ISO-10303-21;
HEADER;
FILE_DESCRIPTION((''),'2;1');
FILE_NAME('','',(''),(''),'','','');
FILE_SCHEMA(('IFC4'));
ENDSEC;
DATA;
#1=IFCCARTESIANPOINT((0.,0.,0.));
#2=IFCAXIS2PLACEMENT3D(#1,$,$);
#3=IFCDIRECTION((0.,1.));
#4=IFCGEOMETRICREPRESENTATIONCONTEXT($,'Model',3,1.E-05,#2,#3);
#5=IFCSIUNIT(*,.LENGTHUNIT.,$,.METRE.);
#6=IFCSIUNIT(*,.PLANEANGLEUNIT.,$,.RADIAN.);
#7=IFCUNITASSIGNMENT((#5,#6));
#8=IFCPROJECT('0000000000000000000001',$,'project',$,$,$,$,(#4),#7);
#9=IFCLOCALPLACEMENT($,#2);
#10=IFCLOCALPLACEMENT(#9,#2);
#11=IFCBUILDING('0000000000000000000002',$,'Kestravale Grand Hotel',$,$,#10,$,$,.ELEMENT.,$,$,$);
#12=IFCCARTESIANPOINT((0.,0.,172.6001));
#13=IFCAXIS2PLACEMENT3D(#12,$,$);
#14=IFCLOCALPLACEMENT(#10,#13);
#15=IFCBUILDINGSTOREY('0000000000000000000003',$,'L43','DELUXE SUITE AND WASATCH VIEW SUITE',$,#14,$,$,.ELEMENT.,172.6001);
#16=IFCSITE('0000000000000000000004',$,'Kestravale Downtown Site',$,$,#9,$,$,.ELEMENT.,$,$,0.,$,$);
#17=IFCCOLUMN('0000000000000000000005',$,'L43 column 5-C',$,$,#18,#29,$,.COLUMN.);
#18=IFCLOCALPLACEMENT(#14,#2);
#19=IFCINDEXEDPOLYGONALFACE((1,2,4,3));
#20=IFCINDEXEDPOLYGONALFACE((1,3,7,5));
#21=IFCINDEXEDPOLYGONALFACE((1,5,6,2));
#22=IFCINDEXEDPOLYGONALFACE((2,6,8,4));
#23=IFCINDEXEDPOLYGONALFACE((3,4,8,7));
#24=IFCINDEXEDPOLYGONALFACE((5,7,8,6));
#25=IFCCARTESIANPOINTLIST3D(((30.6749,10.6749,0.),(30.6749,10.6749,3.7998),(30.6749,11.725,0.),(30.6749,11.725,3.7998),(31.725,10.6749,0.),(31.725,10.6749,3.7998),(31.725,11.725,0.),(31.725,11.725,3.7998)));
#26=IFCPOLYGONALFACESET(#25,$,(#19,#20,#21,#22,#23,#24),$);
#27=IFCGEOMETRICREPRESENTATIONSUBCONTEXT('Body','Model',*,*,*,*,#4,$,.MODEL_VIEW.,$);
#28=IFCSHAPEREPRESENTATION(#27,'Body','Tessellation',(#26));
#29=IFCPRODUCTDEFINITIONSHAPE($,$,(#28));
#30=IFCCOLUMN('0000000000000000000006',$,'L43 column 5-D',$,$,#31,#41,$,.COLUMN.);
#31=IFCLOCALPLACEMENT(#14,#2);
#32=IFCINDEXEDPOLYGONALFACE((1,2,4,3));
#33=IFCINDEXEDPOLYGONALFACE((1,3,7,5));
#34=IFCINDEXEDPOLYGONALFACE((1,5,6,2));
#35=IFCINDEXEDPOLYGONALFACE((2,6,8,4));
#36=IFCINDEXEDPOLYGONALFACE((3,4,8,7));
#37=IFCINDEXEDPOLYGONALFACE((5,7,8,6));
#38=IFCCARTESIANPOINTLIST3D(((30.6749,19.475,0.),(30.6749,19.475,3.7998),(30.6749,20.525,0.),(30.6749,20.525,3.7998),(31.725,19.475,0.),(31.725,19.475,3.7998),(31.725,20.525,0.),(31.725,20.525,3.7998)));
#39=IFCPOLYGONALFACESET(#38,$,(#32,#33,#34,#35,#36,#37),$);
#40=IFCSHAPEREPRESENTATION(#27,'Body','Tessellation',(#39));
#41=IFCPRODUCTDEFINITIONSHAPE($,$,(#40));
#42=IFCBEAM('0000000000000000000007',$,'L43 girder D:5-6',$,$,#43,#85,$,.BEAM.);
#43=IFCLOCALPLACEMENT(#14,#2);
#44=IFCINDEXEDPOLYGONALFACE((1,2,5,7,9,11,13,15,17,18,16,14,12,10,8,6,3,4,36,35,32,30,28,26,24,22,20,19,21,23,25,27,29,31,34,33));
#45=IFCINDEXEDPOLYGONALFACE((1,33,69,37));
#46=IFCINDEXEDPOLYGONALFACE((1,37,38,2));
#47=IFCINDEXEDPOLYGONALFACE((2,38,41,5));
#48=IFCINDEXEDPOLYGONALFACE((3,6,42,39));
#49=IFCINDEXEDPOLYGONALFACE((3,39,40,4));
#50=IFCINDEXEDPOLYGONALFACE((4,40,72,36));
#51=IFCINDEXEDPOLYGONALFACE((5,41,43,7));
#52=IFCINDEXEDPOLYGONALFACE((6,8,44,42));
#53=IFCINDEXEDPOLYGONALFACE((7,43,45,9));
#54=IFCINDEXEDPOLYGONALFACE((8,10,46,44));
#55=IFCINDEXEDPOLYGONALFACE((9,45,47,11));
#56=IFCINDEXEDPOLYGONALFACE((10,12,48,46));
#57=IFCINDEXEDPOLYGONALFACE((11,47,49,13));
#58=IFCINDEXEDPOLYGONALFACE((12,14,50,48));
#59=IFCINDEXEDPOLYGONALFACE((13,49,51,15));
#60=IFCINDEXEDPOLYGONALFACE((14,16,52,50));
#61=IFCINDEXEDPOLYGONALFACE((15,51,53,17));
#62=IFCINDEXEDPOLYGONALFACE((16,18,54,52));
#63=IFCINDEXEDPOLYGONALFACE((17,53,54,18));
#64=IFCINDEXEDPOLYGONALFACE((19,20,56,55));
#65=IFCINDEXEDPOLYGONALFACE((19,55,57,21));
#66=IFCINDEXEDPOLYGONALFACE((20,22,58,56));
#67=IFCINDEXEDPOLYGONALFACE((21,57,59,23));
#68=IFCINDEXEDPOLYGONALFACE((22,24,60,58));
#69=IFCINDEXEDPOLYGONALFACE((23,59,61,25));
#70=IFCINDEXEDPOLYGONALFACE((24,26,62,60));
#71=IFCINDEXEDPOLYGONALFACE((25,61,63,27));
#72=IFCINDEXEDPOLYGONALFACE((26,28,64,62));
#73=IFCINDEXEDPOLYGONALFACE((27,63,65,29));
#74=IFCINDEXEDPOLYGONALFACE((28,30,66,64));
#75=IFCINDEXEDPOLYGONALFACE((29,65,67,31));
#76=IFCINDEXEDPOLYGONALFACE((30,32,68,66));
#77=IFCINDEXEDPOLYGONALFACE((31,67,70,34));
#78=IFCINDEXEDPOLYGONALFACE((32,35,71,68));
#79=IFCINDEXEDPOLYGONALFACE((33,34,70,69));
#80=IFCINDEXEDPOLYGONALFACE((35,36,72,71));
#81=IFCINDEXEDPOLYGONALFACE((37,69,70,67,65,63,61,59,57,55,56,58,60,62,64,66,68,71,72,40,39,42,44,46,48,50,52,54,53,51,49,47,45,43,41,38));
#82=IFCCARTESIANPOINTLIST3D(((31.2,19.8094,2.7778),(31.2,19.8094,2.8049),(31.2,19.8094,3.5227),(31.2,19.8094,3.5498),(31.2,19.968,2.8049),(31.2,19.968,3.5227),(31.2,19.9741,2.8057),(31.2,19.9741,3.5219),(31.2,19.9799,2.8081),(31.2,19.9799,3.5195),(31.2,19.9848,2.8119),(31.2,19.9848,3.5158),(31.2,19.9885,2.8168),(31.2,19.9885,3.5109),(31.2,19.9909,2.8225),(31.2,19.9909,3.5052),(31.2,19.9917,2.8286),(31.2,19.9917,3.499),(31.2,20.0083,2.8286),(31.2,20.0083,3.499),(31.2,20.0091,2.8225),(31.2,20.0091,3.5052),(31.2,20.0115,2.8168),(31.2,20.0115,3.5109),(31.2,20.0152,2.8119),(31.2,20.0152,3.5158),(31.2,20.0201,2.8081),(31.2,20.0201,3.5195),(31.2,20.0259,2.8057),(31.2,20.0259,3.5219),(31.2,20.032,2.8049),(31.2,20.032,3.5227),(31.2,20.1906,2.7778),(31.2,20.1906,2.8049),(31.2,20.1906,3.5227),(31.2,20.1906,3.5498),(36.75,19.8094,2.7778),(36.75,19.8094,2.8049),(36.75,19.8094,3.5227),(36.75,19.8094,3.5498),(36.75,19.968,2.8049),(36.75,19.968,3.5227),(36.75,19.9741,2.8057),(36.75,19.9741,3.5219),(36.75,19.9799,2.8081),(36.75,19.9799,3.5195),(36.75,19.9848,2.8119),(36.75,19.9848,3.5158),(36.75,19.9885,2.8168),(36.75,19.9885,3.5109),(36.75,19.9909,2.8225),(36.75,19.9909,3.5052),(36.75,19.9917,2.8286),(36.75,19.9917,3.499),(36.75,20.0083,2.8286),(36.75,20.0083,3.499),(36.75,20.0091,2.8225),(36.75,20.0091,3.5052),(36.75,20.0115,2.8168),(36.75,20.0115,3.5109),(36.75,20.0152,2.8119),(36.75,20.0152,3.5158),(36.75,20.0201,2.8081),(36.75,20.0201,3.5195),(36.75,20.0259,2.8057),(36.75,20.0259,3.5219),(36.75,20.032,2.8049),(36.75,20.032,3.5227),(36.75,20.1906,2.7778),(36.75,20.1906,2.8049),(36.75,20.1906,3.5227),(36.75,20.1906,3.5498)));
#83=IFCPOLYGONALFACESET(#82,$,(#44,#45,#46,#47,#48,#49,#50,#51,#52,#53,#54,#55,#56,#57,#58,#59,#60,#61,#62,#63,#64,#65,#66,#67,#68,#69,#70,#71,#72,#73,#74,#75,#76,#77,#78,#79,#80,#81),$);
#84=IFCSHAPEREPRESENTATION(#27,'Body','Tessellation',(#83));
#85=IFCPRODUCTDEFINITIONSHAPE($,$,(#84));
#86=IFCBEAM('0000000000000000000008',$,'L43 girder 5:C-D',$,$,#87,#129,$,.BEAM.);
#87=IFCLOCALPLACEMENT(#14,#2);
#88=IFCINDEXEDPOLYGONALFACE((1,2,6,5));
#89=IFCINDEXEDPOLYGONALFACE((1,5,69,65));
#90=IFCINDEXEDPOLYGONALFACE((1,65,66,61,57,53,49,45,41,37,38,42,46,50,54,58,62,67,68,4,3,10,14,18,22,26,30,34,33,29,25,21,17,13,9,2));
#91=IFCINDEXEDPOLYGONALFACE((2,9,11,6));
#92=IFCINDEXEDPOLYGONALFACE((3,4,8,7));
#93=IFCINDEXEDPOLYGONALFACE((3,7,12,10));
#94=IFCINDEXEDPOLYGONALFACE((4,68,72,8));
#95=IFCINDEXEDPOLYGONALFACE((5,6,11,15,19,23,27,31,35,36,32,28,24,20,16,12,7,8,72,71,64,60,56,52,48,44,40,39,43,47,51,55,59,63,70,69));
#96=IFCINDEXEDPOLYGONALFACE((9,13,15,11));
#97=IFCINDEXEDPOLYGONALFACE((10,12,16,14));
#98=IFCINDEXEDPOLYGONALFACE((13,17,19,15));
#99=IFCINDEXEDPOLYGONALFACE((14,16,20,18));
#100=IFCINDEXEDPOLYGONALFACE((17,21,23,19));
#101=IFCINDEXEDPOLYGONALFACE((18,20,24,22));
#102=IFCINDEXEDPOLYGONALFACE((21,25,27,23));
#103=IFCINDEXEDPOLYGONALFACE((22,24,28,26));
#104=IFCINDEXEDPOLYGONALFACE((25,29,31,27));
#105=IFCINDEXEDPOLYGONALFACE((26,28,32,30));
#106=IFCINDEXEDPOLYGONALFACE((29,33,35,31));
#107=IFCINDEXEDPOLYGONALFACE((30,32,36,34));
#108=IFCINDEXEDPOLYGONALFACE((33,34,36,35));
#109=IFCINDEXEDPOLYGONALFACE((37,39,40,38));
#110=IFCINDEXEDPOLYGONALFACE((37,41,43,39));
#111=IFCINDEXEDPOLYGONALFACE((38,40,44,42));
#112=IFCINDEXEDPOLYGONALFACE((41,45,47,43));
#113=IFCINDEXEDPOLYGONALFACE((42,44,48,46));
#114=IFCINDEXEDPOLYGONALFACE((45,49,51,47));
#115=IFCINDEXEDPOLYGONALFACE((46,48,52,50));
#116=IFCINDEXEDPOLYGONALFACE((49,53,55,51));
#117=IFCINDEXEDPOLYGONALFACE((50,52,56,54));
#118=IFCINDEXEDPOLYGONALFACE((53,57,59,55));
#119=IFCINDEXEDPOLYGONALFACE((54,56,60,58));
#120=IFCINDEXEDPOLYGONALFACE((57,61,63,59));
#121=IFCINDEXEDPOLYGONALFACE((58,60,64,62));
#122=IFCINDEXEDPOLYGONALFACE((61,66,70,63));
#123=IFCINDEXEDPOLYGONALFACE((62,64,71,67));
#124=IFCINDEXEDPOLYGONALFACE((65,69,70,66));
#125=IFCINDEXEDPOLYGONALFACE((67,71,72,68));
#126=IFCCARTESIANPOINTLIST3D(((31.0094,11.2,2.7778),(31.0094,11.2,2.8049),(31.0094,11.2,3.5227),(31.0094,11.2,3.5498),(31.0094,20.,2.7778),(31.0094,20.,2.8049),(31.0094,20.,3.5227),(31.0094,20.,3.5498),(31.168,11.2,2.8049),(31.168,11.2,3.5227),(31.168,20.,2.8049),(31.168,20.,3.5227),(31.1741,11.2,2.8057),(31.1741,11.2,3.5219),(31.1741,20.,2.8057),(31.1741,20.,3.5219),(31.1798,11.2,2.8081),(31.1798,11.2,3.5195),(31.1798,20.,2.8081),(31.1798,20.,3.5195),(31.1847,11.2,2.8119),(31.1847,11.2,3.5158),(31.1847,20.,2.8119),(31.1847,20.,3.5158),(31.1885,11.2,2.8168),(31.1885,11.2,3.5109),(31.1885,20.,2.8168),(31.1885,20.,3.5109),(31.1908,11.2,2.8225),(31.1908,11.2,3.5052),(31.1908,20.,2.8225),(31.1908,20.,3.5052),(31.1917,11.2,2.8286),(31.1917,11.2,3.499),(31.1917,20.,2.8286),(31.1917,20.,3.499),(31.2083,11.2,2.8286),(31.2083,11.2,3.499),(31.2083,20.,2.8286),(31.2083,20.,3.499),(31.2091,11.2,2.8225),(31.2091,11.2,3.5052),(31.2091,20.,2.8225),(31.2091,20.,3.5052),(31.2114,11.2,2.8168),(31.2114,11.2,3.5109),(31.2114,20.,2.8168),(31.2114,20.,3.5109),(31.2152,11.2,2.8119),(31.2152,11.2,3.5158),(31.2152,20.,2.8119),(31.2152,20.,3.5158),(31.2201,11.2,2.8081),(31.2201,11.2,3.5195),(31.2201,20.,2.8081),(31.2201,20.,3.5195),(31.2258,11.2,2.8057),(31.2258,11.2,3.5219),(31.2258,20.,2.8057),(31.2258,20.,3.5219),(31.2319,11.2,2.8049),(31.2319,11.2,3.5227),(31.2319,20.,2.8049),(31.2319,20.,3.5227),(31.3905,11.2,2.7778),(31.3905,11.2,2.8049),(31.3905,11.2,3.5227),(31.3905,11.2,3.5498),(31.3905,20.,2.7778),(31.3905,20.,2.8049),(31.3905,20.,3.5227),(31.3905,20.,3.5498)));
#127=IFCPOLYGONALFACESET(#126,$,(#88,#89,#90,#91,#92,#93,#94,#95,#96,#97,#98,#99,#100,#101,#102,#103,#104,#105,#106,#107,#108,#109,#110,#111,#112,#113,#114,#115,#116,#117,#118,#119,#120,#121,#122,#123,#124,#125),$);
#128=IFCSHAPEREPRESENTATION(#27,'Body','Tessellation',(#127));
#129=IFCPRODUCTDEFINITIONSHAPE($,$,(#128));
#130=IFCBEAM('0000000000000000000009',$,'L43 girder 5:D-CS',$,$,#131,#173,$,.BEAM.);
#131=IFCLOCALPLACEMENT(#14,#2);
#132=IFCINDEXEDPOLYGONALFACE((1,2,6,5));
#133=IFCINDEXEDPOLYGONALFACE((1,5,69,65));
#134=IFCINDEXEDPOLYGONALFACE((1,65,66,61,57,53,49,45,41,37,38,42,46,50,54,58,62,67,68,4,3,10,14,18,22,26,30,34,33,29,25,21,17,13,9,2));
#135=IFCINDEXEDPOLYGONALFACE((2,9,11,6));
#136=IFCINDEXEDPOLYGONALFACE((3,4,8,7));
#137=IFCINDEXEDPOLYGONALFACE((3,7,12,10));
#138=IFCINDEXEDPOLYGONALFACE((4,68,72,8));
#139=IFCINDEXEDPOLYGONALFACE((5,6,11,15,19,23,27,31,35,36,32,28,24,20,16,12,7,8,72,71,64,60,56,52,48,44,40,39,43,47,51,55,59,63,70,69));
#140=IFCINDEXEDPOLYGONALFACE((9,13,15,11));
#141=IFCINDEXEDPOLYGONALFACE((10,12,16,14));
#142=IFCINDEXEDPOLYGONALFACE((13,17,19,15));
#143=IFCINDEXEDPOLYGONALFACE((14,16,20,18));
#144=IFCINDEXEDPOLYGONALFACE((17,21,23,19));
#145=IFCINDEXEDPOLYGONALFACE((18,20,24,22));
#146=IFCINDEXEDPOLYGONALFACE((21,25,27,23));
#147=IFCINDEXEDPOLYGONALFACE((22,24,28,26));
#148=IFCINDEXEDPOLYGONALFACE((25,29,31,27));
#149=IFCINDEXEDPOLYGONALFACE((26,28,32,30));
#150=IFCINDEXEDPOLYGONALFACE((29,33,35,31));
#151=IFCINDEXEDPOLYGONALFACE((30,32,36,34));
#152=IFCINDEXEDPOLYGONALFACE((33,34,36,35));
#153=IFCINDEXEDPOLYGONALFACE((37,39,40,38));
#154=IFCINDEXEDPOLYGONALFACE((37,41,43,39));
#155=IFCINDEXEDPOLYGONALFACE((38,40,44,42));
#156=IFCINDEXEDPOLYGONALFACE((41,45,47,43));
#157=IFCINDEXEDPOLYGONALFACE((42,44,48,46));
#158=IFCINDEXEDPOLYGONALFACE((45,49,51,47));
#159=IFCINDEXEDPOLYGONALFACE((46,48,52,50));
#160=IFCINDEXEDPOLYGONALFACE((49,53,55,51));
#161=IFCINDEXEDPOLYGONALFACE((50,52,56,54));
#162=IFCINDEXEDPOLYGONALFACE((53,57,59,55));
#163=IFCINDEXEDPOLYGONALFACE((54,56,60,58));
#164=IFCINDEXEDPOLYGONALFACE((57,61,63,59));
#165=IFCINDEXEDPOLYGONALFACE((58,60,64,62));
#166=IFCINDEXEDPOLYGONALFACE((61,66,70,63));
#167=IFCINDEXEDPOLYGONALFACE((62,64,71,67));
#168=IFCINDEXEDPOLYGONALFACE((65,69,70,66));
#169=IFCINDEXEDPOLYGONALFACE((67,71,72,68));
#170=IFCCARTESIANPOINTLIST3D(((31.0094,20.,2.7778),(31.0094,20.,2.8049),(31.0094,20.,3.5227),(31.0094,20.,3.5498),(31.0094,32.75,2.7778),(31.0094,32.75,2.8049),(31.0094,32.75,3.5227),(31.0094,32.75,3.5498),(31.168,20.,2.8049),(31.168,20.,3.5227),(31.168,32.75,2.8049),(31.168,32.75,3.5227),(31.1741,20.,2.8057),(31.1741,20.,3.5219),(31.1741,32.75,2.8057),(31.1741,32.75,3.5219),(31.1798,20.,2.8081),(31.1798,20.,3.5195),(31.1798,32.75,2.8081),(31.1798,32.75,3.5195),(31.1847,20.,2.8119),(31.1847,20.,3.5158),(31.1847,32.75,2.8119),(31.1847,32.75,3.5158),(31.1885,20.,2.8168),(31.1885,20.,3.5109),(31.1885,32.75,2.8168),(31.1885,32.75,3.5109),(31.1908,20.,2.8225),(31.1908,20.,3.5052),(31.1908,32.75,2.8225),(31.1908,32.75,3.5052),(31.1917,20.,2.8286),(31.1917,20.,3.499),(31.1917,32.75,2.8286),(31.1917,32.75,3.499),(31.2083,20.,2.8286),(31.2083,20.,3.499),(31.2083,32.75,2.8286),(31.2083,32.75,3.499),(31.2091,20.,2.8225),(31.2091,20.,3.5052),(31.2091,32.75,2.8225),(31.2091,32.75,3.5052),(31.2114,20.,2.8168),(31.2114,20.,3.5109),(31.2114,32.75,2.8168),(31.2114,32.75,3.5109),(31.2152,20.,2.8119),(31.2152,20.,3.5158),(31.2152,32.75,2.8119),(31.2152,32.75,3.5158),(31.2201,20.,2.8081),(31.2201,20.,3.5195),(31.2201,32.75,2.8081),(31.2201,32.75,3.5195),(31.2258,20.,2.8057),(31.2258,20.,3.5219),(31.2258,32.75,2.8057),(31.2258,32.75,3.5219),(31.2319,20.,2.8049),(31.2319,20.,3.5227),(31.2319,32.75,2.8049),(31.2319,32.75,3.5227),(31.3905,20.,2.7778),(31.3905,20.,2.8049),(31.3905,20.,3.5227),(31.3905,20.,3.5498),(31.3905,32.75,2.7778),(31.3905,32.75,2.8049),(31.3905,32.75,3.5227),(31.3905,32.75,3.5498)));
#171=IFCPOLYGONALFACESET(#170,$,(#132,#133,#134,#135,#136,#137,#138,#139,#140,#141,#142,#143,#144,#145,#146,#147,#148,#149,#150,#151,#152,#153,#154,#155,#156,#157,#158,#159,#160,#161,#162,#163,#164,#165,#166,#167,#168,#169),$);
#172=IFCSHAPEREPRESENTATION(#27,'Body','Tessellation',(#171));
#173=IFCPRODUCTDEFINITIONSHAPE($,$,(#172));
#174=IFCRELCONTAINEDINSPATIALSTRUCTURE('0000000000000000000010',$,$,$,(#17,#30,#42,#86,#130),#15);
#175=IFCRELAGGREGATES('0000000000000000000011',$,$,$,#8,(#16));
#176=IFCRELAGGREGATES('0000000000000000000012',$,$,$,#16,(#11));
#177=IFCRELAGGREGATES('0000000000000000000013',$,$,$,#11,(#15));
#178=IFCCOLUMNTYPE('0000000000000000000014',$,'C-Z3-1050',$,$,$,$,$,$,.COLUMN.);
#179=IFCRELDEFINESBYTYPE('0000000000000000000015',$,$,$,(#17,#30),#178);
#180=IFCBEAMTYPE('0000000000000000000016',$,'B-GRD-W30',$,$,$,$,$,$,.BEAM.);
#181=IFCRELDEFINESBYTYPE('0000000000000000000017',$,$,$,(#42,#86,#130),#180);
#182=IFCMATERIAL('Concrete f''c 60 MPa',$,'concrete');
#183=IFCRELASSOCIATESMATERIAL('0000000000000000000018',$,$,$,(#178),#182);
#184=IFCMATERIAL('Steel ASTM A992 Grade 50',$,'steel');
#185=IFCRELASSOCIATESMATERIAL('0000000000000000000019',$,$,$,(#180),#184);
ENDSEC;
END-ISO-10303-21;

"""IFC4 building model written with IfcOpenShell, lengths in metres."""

from ifc_helpers import new_model, si_unit, direction, frame, origin, origin_2d, place, context, subcontext, project, spatial, rectangle, i_section, extrude, material, material_profile, profile_set, type_object, element, save


model = new_model("IFC4")

# Units and contexts
model_context = context("Model", 3, precision=1e-05, world=origin(), true_north=direction((0.0, 1.0)))
body_context = subcontext(model_context, "Body", "Model", "MODEL_VIEW")
ifc_project = project(units=[si_unit("LENGTHUNIT", "METRE"), si_unit("PLANEANGLEUNIT", "RADIAN")], contexts=[model_context])

# Site, building, storey
site_placement = place(None, origin())
site = spatial("IfcSite", under=ifc_project, at=site_placement, Name="Kestravale Downtown Site", CompositionType="ELEMENT", RefElevation=0.0)
building_placement = place(site_placement, origin())
building = spatial("IfcBuilding", under=site, at=building_placement, Name="Kestravale Grand Hotel", CompositionType="ELEMENT")
storey_placement = place(building_placement, frame((0.0, 0.0, 172.6001)))
storey = spatial("IfcBuildingStorey", under=building, at=storey_placement, Name="L43", Description="DELUXE SUITE AND WASATCH VIEW SUITE", CompositionType="ELEMENT", Elevation=172.6001)

# Columns
ifc_material_1 = material(Name="Concrete f'c 60 MPa", Category="concrete")
ifc_material_profile_1 = material_profile(ifc_material_1, rectangle(XDim=1.05, YDim=1.05, at=origin_2d()))
ifc_profile_set_1 = profile_set([ifc_material_profile_1], Name="Concrete f'c 60 MPa")
column_type = type_object("IfcColumnType", Name="C-Z3-1050", PredefinedType="COLUMN", material=ifc_profile_set_1)
for number, where, z_axis, x_axis, name in (
    (1, (31.2, 11.2, 0.0), (0.0, 0.0, 1.0), (1.0, 0.0, 0.0), "L43 column 5-C"),
    (2, (31.2, 20.0, 0.0), (0.0, 0.0, 1.0), (1.0, 0.0, 0.0), "L43 column 5-D"),
):
    element("IfcColumn", number, at=place(storey_placement, frame(where, z_axis=z_axis, x_axis=x_axis)), inside=storey, type_object=column_type, Name=name, PredefinedType="COLUMN", context=body_context, shape_type="SweptSolid", body=[
        extrude(rectangle(XDim=1.05, YDim=1.05, at=origin_2d()), origin(), (0.0, 0.0, 1.0), 3.7998),
    ])

# Beams
ifc_material_2 = material(Name="Steel ASTM A992 Grade 50", Category="steel")
ifc_material_profile_2 = material_profile(ifc_material_2, i_section(OverallWidth=0.3811, OverallDepth=0.772, WebThickness=0.0166, FlangeThickness=0.0271, FilletRadius=0.0237, at=origin_2d()))
ifc_profile_set_2 = profile_set([ifc_material_profile_2], Name="Steel ASTM A992 Grade 50")
beam_type = type_object("IfcBeamType", Name="B-GRD-W30", PredefinedType="BEAM", material=ifc_profile_set_2)
beam_1_placement = place(storey_placement, frame((31.2, 20.0, 3.1638), z_axis=(1.0, 0.0, 0.0), x_axis=(0.0, 1.0, 0.0)))
element("IfcBeam", 3, at=beam_1_placement, inside=storey, type_object=beam_type, Name="L43 girder D:5-6", PredefinedType="BEAM", context=body_context, shape_type="SweptSolid", body=[
    extrude(i_section(OverallWidth=0.3811, OverallDepth=0.772, WebThickness=0.0166, FlangeThickness=0.0271, FilletRadius=0.0237, at=origin_2d()), origin(), (0.0, 0.0, 1.0), 5.55),
])
beam_2_placement = place(storey_placement, frame((31.2, 11.2, 3.1638), z_axis=(0.0, 1.0, 0.0), x_axis=(-1.0, 0.0, 0.0)))
element("IfcBeam", 4, at=beam_2_placement, inside=storey, type_object=beam_type, Name="L43 girder 5:C-D", PredefinedType="BEAM", context=body_context, shape_type="SweptSolid", body=[
    extrude(i_section(OverallWidth=0.3811, OverallDepth=0.772, WebThickness=0.0166, FlangeThickness=0.0271, FilletRadius=0.0237, at=origin_2d()), origin(), (0.0, 0.0, 1.0), 8.8),
])
beam_3_placement = place(storey_placement, frame((31.2, 20.0, 3.1638), z_axis=(0.0, 1.0, 0.0), x_axis=(-1.0, 0.0, 0.0)))
element("IfcBeam", 5, at=beam_3_placement, inside=storey, type_object=beam_type, Name="L43 girder 5:D-CS", PredefinedType="BEAM", context=body_context, shape_type="SweptSolid", body=[
    extrude(i_section(OverallWidth=0.3811, OverallDepth=0.772, WebThickness=0.0166, FlangeThickness=0.0271, FilletRadius=0.0237, at=origin_2d()), origin(), (0.0, 0.0, 1.0), 12.75),
])

save(model, "model.ifc")
